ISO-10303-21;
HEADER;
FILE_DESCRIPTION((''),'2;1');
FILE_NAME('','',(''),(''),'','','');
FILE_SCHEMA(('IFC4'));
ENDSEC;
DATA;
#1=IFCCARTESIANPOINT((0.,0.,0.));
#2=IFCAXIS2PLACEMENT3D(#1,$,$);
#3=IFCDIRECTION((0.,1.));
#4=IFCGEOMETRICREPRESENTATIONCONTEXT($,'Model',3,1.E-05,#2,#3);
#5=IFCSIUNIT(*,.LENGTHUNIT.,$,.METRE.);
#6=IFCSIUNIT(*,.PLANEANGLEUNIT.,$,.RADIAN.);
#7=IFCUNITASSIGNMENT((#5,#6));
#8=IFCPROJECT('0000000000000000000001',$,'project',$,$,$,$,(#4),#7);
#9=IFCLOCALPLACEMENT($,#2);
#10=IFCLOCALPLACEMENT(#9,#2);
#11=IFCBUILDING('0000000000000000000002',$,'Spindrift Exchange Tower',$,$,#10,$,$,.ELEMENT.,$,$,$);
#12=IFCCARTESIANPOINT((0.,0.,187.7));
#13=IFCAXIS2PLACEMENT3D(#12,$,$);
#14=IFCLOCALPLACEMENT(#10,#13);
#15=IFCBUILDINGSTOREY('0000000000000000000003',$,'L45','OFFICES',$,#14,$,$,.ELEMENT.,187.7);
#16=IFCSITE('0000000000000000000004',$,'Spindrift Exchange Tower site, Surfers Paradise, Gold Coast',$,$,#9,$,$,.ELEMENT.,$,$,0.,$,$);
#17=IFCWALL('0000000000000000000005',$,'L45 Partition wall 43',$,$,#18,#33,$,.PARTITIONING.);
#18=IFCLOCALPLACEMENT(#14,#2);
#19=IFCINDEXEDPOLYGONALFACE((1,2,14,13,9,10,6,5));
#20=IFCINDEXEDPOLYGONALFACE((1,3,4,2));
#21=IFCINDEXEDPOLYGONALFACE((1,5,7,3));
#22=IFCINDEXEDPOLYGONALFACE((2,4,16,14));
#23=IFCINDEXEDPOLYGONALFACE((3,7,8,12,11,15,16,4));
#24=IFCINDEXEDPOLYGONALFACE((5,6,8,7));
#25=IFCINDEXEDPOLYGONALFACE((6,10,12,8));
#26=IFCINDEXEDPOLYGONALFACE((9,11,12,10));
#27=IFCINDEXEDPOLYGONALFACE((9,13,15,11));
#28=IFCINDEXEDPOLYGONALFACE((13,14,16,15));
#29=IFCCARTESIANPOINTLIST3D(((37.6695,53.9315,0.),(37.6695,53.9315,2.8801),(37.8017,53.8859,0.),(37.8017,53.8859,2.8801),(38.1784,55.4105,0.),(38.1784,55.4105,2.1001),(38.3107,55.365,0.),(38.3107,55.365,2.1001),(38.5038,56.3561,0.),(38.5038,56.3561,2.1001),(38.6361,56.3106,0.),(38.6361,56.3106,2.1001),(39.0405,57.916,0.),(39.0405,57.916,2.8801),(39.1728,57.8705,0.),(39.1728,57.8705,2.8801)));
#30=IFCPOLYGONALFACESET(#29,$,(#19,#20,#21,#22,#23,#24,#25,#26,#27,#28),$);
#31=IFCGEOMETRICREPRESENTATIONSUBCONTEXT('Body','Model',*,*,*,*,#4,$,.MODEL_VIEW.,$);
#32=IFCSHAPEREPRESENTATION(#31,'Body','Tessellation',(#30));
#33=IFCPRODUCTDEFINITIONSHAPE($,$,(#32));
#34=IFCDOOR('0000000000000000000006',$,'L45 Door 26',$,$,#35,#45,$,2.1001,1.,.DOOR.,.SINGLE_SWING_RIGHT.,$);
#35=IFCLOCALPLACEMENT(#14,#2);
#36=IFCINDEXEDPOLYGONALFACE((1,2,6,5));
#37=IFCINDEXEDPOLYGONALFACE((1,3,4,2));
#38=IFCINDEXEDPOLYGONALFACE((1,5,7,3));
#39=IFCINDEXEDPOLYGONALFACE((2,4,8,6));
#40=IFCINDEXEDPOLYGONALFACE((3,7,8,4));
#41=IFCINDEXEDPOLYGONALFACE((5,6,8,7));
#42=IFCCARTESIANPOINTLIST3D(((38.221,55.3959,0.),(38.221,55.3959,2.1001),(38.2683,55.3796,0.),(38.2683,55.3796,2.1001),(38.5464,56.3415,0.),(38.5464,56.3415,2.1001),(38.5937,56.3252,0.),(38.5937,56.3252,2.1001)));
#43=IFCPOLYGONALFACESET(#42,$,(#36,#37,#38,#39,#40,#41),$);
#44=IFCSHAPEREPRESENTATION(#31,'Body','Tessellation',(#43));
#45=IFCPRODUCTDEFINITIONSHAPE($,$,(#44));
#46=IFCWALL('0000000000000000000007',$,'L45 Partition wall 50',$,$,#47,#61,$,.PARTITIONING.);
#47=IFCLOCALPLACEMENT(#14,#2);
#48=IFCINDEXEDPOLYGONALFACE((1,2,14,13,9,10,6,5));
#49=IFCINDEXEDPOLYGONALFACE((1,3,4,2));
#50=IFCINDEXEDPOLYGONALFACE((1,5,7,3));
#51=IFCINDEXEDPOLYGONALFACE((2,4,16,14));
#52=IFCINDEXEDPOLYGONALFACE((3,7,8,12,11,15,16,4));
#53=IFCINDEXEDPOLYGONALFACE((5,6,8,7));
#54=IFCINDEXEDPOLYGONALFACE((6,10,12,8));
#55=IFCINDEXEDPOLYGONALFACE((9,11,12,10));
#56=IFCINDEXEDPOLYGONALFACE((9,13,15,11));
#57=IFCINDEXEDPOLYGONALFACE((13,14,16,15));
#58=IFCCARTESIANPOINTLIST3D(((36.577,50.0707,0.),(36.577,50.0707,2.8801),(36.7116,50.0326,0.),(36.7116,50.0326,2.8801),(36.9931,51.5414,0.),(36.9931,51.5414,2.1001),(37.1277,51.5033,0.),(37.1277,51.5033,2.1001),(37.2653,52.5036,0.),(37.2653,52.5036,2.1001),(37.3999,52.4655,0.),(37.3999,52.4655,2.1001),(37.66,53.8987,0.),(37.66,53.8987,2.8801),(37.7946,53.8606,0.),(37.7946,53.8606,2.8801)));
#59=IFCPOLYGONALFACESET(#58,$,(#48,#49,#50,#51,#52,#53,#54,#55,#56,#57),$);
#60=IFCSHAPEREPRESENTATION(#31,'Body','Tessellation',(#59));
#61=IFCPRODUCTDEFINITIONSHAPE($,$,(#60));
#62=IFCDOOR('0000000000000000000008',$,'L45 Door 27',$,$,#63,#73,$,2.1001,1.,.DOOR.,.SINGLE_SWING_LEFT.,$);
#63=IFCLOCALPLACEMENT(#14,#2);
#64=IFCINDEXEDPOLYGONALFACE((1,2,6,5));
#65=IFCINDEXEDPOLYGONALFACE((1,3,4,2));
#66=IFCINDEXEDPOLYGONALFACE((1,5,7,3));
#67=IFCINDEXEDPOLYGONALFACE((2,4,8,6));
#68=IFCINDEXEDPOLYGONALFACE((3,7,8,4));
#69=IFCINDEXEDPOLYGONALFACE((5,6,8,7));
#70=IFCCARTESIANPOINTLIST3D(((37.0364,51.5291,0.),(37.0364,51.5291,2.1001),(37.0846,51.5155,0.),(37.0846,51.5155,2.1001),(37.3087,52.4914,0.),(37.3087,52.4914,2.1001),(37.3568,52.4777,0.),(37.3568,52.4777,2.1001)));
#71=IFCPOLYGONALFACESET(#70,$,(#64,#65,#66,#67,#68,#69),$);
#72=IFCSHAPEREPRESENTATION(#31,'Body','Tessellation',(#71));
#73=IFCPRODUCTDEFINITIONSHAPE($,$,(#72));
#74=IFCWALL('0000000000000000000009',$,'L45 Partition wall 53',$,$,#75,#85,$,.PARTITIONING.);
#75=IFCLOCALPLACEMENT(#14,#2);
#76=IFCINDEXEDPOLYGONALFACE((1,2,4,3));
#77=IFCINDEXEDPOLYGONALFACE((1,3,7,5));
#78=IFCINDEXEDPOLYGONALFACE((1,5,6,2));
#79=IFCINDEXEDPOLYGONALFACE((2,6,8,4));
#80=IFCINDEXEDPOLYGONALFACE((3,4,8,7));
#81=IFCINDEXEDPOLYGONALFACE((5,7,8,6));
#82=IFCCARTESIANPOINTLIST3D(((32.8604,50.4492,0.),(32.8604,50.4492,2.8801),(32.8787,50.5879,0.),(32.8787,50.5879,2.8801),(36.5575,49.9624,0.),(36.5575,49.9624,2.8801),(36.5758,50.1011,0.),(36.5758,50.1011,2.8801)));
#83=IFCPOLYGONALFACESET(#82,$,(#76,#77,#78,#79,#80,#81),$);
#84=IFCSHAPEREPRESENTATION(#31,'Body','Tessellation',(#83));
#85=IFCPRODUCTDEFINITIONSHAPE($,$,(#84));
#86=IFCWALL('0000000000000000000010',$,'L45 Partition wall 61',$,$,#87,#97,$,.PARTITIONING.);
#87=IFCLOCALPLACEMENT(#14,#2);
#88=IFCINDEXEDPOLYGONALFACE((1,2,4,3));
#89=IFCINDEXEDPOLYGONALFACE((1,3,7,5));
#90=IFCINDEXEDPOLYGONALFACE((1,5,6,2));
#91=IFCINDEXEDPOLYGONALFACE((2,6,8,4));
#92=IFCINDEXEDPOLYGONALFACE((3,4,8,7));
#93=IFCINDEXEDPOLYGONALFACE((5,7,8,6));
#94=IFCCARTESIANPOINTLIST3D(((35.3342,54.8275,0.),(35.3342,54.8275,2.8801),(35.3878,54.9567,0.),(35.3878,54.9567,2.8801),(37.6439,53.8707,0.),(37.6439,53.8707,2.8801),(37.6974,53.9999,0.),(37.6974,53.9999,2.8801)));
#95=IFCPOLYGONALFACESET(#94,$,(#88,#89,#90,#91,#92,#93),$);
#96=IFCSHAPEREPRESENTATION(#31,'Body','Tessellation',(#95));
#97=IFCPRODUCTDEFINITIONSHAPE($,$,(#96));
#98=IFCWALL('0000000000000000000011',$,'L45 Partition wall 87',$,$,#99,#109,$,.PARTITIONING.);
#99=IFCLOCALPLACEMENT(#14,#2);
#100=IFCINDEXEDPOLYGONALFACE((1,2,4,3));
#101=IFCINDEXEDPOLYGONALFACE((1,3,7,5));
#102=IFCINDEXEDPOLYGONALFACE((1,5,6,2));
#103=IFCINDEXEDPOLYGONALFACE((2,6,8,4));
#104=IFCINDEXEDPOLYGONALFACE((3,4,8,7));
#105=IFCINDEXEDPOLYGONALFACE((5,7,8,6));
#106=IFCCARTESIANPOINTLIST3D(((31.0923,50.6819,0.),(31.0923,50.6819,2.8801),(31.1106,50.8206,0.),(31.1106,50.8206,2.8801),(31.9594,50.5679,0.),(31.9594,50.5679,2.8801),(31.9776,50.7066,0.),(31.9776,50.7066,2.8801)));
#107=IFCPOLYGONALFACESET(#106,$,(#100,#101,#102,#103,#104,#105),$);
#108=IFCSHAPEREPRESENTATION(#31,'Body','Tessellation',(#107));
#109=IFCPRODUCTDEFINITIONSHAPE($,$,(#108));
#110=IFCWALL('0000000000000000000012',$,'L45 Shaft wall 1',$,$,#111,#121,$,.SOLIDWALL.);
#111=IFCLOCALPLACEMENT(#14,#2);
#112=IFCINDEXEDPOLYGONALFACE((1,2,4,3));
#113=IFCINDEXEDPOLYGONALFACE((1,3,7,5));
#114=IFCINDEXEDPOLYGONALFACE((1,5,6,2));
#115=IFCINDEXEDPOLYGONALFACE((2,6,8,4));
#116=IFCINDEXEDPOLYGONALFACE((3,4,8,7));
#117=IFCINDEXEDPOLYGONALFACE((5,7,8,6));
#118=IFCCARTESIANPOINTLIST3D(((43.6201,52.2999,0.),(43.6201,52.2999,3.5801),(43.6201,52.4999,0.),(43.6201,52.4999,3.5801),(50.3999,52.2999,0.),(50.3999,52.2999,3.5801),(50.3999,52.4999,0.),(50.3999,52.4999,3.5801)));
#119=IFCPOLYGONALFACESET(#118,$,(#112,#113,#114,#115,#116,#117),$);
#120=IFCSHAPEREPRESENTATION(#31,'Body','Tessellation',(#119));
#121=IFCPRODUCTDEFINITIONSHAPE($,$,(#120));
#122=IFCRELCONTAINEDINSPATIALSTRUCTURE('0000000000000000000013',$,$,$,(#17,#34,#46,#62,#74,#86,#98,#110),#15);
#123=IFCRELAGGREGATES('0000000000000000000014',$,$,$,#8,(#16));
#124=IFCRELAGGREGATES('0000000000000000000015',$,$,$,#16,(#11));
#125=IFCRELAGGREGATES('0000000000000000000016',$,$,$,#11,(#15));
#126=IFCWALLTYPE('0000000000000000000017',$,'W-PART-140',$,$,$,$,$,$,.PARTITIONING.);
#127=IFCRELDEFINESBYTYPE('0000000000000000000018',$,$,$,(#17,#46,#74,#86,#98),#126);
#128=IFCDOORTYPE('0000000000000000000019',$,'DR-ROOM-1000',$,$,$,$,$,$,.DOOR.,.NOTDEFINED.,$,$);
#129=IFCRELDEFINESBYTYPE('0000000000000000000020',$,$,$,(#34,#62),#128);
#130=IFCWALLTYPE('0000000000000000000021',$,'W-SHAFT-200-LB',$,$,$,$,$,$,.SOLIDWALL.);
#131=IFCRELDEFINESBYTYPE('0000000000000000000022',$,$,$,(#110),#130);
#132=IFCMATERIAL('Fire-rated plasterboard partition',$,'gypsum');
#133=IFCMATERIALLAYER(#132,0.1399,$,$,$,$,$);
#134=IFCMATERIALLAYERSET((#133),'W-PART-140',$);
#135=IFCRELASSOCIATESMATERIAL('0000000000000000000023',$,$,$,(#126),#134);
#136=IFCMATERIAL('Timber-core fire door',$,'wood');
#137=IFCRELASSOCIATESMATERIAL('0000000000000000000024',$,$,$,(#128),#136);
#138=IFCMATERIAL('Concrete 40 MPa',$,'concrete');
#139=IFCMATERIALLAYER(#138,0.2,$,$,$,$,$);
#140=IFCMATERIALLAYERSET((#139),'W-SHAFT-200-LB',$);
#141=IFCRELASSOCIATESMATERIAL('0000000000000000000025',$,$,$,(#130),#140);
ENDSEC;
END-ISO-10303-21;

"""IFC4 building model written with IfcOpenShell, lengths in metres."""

from ifc_helpers import new_model, si_unit, direction, frame, frame_2d, origin, place, context, subcontext, project, spatial, rectangle, extrude, source, transform, mapped, material, layer, layer_set, type_object, element, fill, save


model = new_model("IFC4")

# Units and contexts
model_context = context("Model", 3, precision=1e-05, world=origin(), true_north=direction((0.0, 1.0)))
body_context = subcontext(model_context, "Body", "Model", "MODEL_VIEW")
ifc_project = project(units=[si_unit("LENGTHUNIT", "METRE"), si_unit("PLANEANGLEUNIT", "RADIAN")], contexts=[model_context])

# Site, building, storey
site_placement = place(None, origin())
site = spatial("IfcSite", under=ifc_project, at=site_placement, Name="Spindrift Exchange Tower site, Surfers Paradise, Gold Coast", CompositionType="ELEMENT", RefElevation=0.0)
building_placement = place(site_placement, origin())
building = spatial("IfcBuilding", under=site, at=building_placement, Name="Spindrift Exchange Tower", CompositionType="ELEMENT")
storey_placement = place(building_placement, frame((0.0, 0.0, 187.7)))
storey = spatial("IfcBuildingStorey", under=building, at=storey_placement, Name="L45", Description="OFFICES", CompositionType="ELEMENT", Elevation=187.7)

# Walls, openings, doors
ifc_material_1 = material(Name="Fire-rated plasterboard partition", Category="gypsum")
ifc_layer_1 = layer(ifc_material_1, 0.1399)
ifc_layer_set_1 = layer_set([ifc_layer_1], Name="W-PART-140")
wall_type_1 = type_object("IfcWallType", Name="W-PART-140", PredefinedType="PARTITIONING", material=ifc_layer_set_1)
wall_1_placement = place(storey_placement, frame((37.7356, 53.9087, 0.0), z_axis=(0.0, 0.0, 1.0), x_axis=(0.325373, 0.945586, 0.0)))
wall_1 = element("IfcWall", 1, at=wall_1_placement, inside=storey, type_object=wall_type_1, Name="L45 Partition wall 43", PredefinedType="PARTITIONING", context=body_context, shape_type="SweptSolid", body=[
    extrude(rectangle(XDim=4.2139, YDim=0.1399, at=frame_2d((2.1069, 0.0))), origin(), (0.0, 0.0, 1.0), 2.8801),
])
opening_1_placement = place(wall_1_placement, frame((1.5642, 0.0, 0.0)))
opening_1 = element("IfcOpeningElement", 2, at=opening_1_placement, cuts=wall_1, PredefinedType="OPENING", context=body_context, shape_type="SweptSolid", body=[
    extrude(rectangle(XDim=1.0, YDim=2.1001, at=frame_2d((0.5, 1.05))), frame((0.0, 0.0798, 0.0), z_axis=(0.0, -1.0, 0.0), x_axis=(1.0, 0.0, 0.0)), (0.0, 0.0, 1.0), 0.1599),
])
ifc_material_2 = material(Name="Timber-core fire door", Category="wood")
door_type_1 = type_object("IfcDoorType", Name="DR-ROOM-1000", OperationType="NOTDEFINED", PredefinedType="DOOR", material=ifc_material_2)
shared_shape_1 = source(origin(), body_context, "Body", "SweptSolid", [
    extrude(rectangle(XDim=1.0, YDim=2.1001, at=frame_2d((0.5, 1.05))), frame((0.0, 0.0249, 0.0), z_axis=(0.0, -1.0, 0.0), x_axis=(1.0, 0.0, 0.0)), (0.0, 0.0, 1.0), 0.05),
])
door_1_placement = place(opening_1_placement, origin())
door_1 = element("IfcDoor", 3, at=door_1_placement, inside=storey, type_object=door_type_1, Name="L45 Door 26", OperationType="SINGLE_SWING_RIGHT", OverallHeight=2.1001, OverallWidth=1.0, PredefinedType="DOOR", context=body_context, shape_type="MappedRepresentation", body=[
    mapped(shared_shape_1, transform((0.0, 0.0, 0.0), scale=1.0)),
])
fill(opening_1, door_1)
wall_2_placement = place(storey_placement, frame((36.6443, 50.0515, 0.0), z_axis=(0.0, 0.0, 1.0), x_axis=(0.272224, 0.962234, 0.0)))
wall_2 = element("IfcWall", 4, at=wall_2_placement, inside=storey, type_object=wall_type_1, Name="L45 Partition wall 50", PredefinedType="PARTITIONING", context=body_context, shape_type="SweptSolid", body=[
    extrude(rectangle(XDim=3.9783, YDim=0.1399, at=frame_2d((1.9893, 0.0))), origin(), (0.0, 0.0, 1.0), 2.8801),
])
opening_2_placement = place(wall_2_placement, frame((1.5286, 0.0, 0.0)))
opening_2 = element("IfcOpeningElement", 5, at=opening_2_placement, cuts=wall_2, PredefinedType="OPENING", context=body_context, shape_type="SweptSolid", body=[
    extrude(rectangle(XDim=1.0, YDim=2.1001, at=frame_2d((0.5, 1.05))), frame((0.0, 0.0798, 0.0), z_axis=(0.0, -1.0, 0.0), x_axis=(1.0, 0.0, 0.0)), (0.0, 0.0, 1.0), 0.1599),
])
door_2_placement = place(opening_2_placement, origin())
door_2 = element("IfcDoor", 6, at=door_2_placement, inside=storey, type_object=door_type_1, Name="L45 Door 27", OperationType="SINGLE_SWING_LEFT", OverallHeight=2.1001, OverallWidth=1.0, PredefinedType="DOOR", context=body_context, shape_type="MappedRepresentation", body=[
    mapped(shared_shape_1, transform((0.0, 0.0, 0.0), scale=1.0)),
])
fill(opening_2, door_2)

# Walls
wall_3_placement = place(storey_placement, frame((36.5667, 50.0317, 0.0), z_axis=(0.0, 0.0, 1.0), x_axis=(-0.991442, 0.130551, 0.0)))
element("IfcWall", 7, at=wall_3_placement, inside=storey, type_object=wall_type_1, Name="L45 Partition wall 53", PredefinedType="PARTITIONING", context=body_context, shape_type="SweptSolid", body=[
    extrude(rectangle(XDim=3.729, YDim=0.1399, at=frame_2d((1.8645, 0.0))), origin(), (0.0, 0.0, 1.0), 2.8801),
])
wall_4_placement = place(storey_placement, frame((37.6707, 53.9353, 0.0), z_axis=(0.0, 0.0, 1.0), x_axis=(-0.923861, 0.382728, 0.0)))
element("IfcWall", 8, at=wall_4_placement, inside=storey, type_object=wall_type_1, Name="L45 Partition wall 61", PredefinedType="PARTITIONING", context=body_context, shape_type="SweptSolid", body=[
    extrude(rectangle(XDim=2.5, YDim=0.1399, at=frame_2d((1.25, 0.0))), origin(), (0.0, 0.0, 1.0), 2.8801),
])
wall_5_placement = place(storey_placement, frame((31.9685, 50.6372, 0.0), z_axis=(0.0, 0.0, 1.0), x_axis=(-0.991463, 0.13039, 0.0)))
element("IfcWall", 9, at=wall_5_placement, inside=storey, type_object=wall_type_1, Name="L45 Partition wall 87", PredefinedType="PARTITIONING", context=body_context, shape_type="SweptSolid", body=[
    extrude(rectangle(XDim=0.8745, YDim=0.1399, at=frame_2d((0.4373, 0.0))), origin(), (0.0, 0.0, 1.0), 2.8801),
])
ifc_material_3 = material(Name="Concrete 40 MPa", Category="concrete")
ifc_layer_2 = layer(ifc_material_3, 0.2)
ifc_layer_set_2 = layer_set([ifc_layer_2], Name="W-SHAFT-200-LB")
wall_type_2 = type_object("IfcWallType", Name="W-SHAFT-200-LB", PredefinedType="SOLIDWALL", material=ifc_layer_set_2)
wall_6_placement = place(storey_placement, frame((43.6201, 52.3999, 0.0), z_axis=(0.0, 0.0, 1.0), x_axis=(1.0, 0.0, 0.0)))
element("IfcWall", 10, at=wall_6_placement, inside=storey, type_object=wall_type_2, Name="L45 Shaft wall 1", PredefinedType="SOLIDWALL", context=body_context, shape_type="SweptSolid", body=[
    extrude(rectangle(XDim=6.7798, YDim=0.2, at=frame_2d((3.3899, 0.0))), origin(), (0.0, 0.0, 1.0), 3.5801),
])

save(model, "model.ifc")
